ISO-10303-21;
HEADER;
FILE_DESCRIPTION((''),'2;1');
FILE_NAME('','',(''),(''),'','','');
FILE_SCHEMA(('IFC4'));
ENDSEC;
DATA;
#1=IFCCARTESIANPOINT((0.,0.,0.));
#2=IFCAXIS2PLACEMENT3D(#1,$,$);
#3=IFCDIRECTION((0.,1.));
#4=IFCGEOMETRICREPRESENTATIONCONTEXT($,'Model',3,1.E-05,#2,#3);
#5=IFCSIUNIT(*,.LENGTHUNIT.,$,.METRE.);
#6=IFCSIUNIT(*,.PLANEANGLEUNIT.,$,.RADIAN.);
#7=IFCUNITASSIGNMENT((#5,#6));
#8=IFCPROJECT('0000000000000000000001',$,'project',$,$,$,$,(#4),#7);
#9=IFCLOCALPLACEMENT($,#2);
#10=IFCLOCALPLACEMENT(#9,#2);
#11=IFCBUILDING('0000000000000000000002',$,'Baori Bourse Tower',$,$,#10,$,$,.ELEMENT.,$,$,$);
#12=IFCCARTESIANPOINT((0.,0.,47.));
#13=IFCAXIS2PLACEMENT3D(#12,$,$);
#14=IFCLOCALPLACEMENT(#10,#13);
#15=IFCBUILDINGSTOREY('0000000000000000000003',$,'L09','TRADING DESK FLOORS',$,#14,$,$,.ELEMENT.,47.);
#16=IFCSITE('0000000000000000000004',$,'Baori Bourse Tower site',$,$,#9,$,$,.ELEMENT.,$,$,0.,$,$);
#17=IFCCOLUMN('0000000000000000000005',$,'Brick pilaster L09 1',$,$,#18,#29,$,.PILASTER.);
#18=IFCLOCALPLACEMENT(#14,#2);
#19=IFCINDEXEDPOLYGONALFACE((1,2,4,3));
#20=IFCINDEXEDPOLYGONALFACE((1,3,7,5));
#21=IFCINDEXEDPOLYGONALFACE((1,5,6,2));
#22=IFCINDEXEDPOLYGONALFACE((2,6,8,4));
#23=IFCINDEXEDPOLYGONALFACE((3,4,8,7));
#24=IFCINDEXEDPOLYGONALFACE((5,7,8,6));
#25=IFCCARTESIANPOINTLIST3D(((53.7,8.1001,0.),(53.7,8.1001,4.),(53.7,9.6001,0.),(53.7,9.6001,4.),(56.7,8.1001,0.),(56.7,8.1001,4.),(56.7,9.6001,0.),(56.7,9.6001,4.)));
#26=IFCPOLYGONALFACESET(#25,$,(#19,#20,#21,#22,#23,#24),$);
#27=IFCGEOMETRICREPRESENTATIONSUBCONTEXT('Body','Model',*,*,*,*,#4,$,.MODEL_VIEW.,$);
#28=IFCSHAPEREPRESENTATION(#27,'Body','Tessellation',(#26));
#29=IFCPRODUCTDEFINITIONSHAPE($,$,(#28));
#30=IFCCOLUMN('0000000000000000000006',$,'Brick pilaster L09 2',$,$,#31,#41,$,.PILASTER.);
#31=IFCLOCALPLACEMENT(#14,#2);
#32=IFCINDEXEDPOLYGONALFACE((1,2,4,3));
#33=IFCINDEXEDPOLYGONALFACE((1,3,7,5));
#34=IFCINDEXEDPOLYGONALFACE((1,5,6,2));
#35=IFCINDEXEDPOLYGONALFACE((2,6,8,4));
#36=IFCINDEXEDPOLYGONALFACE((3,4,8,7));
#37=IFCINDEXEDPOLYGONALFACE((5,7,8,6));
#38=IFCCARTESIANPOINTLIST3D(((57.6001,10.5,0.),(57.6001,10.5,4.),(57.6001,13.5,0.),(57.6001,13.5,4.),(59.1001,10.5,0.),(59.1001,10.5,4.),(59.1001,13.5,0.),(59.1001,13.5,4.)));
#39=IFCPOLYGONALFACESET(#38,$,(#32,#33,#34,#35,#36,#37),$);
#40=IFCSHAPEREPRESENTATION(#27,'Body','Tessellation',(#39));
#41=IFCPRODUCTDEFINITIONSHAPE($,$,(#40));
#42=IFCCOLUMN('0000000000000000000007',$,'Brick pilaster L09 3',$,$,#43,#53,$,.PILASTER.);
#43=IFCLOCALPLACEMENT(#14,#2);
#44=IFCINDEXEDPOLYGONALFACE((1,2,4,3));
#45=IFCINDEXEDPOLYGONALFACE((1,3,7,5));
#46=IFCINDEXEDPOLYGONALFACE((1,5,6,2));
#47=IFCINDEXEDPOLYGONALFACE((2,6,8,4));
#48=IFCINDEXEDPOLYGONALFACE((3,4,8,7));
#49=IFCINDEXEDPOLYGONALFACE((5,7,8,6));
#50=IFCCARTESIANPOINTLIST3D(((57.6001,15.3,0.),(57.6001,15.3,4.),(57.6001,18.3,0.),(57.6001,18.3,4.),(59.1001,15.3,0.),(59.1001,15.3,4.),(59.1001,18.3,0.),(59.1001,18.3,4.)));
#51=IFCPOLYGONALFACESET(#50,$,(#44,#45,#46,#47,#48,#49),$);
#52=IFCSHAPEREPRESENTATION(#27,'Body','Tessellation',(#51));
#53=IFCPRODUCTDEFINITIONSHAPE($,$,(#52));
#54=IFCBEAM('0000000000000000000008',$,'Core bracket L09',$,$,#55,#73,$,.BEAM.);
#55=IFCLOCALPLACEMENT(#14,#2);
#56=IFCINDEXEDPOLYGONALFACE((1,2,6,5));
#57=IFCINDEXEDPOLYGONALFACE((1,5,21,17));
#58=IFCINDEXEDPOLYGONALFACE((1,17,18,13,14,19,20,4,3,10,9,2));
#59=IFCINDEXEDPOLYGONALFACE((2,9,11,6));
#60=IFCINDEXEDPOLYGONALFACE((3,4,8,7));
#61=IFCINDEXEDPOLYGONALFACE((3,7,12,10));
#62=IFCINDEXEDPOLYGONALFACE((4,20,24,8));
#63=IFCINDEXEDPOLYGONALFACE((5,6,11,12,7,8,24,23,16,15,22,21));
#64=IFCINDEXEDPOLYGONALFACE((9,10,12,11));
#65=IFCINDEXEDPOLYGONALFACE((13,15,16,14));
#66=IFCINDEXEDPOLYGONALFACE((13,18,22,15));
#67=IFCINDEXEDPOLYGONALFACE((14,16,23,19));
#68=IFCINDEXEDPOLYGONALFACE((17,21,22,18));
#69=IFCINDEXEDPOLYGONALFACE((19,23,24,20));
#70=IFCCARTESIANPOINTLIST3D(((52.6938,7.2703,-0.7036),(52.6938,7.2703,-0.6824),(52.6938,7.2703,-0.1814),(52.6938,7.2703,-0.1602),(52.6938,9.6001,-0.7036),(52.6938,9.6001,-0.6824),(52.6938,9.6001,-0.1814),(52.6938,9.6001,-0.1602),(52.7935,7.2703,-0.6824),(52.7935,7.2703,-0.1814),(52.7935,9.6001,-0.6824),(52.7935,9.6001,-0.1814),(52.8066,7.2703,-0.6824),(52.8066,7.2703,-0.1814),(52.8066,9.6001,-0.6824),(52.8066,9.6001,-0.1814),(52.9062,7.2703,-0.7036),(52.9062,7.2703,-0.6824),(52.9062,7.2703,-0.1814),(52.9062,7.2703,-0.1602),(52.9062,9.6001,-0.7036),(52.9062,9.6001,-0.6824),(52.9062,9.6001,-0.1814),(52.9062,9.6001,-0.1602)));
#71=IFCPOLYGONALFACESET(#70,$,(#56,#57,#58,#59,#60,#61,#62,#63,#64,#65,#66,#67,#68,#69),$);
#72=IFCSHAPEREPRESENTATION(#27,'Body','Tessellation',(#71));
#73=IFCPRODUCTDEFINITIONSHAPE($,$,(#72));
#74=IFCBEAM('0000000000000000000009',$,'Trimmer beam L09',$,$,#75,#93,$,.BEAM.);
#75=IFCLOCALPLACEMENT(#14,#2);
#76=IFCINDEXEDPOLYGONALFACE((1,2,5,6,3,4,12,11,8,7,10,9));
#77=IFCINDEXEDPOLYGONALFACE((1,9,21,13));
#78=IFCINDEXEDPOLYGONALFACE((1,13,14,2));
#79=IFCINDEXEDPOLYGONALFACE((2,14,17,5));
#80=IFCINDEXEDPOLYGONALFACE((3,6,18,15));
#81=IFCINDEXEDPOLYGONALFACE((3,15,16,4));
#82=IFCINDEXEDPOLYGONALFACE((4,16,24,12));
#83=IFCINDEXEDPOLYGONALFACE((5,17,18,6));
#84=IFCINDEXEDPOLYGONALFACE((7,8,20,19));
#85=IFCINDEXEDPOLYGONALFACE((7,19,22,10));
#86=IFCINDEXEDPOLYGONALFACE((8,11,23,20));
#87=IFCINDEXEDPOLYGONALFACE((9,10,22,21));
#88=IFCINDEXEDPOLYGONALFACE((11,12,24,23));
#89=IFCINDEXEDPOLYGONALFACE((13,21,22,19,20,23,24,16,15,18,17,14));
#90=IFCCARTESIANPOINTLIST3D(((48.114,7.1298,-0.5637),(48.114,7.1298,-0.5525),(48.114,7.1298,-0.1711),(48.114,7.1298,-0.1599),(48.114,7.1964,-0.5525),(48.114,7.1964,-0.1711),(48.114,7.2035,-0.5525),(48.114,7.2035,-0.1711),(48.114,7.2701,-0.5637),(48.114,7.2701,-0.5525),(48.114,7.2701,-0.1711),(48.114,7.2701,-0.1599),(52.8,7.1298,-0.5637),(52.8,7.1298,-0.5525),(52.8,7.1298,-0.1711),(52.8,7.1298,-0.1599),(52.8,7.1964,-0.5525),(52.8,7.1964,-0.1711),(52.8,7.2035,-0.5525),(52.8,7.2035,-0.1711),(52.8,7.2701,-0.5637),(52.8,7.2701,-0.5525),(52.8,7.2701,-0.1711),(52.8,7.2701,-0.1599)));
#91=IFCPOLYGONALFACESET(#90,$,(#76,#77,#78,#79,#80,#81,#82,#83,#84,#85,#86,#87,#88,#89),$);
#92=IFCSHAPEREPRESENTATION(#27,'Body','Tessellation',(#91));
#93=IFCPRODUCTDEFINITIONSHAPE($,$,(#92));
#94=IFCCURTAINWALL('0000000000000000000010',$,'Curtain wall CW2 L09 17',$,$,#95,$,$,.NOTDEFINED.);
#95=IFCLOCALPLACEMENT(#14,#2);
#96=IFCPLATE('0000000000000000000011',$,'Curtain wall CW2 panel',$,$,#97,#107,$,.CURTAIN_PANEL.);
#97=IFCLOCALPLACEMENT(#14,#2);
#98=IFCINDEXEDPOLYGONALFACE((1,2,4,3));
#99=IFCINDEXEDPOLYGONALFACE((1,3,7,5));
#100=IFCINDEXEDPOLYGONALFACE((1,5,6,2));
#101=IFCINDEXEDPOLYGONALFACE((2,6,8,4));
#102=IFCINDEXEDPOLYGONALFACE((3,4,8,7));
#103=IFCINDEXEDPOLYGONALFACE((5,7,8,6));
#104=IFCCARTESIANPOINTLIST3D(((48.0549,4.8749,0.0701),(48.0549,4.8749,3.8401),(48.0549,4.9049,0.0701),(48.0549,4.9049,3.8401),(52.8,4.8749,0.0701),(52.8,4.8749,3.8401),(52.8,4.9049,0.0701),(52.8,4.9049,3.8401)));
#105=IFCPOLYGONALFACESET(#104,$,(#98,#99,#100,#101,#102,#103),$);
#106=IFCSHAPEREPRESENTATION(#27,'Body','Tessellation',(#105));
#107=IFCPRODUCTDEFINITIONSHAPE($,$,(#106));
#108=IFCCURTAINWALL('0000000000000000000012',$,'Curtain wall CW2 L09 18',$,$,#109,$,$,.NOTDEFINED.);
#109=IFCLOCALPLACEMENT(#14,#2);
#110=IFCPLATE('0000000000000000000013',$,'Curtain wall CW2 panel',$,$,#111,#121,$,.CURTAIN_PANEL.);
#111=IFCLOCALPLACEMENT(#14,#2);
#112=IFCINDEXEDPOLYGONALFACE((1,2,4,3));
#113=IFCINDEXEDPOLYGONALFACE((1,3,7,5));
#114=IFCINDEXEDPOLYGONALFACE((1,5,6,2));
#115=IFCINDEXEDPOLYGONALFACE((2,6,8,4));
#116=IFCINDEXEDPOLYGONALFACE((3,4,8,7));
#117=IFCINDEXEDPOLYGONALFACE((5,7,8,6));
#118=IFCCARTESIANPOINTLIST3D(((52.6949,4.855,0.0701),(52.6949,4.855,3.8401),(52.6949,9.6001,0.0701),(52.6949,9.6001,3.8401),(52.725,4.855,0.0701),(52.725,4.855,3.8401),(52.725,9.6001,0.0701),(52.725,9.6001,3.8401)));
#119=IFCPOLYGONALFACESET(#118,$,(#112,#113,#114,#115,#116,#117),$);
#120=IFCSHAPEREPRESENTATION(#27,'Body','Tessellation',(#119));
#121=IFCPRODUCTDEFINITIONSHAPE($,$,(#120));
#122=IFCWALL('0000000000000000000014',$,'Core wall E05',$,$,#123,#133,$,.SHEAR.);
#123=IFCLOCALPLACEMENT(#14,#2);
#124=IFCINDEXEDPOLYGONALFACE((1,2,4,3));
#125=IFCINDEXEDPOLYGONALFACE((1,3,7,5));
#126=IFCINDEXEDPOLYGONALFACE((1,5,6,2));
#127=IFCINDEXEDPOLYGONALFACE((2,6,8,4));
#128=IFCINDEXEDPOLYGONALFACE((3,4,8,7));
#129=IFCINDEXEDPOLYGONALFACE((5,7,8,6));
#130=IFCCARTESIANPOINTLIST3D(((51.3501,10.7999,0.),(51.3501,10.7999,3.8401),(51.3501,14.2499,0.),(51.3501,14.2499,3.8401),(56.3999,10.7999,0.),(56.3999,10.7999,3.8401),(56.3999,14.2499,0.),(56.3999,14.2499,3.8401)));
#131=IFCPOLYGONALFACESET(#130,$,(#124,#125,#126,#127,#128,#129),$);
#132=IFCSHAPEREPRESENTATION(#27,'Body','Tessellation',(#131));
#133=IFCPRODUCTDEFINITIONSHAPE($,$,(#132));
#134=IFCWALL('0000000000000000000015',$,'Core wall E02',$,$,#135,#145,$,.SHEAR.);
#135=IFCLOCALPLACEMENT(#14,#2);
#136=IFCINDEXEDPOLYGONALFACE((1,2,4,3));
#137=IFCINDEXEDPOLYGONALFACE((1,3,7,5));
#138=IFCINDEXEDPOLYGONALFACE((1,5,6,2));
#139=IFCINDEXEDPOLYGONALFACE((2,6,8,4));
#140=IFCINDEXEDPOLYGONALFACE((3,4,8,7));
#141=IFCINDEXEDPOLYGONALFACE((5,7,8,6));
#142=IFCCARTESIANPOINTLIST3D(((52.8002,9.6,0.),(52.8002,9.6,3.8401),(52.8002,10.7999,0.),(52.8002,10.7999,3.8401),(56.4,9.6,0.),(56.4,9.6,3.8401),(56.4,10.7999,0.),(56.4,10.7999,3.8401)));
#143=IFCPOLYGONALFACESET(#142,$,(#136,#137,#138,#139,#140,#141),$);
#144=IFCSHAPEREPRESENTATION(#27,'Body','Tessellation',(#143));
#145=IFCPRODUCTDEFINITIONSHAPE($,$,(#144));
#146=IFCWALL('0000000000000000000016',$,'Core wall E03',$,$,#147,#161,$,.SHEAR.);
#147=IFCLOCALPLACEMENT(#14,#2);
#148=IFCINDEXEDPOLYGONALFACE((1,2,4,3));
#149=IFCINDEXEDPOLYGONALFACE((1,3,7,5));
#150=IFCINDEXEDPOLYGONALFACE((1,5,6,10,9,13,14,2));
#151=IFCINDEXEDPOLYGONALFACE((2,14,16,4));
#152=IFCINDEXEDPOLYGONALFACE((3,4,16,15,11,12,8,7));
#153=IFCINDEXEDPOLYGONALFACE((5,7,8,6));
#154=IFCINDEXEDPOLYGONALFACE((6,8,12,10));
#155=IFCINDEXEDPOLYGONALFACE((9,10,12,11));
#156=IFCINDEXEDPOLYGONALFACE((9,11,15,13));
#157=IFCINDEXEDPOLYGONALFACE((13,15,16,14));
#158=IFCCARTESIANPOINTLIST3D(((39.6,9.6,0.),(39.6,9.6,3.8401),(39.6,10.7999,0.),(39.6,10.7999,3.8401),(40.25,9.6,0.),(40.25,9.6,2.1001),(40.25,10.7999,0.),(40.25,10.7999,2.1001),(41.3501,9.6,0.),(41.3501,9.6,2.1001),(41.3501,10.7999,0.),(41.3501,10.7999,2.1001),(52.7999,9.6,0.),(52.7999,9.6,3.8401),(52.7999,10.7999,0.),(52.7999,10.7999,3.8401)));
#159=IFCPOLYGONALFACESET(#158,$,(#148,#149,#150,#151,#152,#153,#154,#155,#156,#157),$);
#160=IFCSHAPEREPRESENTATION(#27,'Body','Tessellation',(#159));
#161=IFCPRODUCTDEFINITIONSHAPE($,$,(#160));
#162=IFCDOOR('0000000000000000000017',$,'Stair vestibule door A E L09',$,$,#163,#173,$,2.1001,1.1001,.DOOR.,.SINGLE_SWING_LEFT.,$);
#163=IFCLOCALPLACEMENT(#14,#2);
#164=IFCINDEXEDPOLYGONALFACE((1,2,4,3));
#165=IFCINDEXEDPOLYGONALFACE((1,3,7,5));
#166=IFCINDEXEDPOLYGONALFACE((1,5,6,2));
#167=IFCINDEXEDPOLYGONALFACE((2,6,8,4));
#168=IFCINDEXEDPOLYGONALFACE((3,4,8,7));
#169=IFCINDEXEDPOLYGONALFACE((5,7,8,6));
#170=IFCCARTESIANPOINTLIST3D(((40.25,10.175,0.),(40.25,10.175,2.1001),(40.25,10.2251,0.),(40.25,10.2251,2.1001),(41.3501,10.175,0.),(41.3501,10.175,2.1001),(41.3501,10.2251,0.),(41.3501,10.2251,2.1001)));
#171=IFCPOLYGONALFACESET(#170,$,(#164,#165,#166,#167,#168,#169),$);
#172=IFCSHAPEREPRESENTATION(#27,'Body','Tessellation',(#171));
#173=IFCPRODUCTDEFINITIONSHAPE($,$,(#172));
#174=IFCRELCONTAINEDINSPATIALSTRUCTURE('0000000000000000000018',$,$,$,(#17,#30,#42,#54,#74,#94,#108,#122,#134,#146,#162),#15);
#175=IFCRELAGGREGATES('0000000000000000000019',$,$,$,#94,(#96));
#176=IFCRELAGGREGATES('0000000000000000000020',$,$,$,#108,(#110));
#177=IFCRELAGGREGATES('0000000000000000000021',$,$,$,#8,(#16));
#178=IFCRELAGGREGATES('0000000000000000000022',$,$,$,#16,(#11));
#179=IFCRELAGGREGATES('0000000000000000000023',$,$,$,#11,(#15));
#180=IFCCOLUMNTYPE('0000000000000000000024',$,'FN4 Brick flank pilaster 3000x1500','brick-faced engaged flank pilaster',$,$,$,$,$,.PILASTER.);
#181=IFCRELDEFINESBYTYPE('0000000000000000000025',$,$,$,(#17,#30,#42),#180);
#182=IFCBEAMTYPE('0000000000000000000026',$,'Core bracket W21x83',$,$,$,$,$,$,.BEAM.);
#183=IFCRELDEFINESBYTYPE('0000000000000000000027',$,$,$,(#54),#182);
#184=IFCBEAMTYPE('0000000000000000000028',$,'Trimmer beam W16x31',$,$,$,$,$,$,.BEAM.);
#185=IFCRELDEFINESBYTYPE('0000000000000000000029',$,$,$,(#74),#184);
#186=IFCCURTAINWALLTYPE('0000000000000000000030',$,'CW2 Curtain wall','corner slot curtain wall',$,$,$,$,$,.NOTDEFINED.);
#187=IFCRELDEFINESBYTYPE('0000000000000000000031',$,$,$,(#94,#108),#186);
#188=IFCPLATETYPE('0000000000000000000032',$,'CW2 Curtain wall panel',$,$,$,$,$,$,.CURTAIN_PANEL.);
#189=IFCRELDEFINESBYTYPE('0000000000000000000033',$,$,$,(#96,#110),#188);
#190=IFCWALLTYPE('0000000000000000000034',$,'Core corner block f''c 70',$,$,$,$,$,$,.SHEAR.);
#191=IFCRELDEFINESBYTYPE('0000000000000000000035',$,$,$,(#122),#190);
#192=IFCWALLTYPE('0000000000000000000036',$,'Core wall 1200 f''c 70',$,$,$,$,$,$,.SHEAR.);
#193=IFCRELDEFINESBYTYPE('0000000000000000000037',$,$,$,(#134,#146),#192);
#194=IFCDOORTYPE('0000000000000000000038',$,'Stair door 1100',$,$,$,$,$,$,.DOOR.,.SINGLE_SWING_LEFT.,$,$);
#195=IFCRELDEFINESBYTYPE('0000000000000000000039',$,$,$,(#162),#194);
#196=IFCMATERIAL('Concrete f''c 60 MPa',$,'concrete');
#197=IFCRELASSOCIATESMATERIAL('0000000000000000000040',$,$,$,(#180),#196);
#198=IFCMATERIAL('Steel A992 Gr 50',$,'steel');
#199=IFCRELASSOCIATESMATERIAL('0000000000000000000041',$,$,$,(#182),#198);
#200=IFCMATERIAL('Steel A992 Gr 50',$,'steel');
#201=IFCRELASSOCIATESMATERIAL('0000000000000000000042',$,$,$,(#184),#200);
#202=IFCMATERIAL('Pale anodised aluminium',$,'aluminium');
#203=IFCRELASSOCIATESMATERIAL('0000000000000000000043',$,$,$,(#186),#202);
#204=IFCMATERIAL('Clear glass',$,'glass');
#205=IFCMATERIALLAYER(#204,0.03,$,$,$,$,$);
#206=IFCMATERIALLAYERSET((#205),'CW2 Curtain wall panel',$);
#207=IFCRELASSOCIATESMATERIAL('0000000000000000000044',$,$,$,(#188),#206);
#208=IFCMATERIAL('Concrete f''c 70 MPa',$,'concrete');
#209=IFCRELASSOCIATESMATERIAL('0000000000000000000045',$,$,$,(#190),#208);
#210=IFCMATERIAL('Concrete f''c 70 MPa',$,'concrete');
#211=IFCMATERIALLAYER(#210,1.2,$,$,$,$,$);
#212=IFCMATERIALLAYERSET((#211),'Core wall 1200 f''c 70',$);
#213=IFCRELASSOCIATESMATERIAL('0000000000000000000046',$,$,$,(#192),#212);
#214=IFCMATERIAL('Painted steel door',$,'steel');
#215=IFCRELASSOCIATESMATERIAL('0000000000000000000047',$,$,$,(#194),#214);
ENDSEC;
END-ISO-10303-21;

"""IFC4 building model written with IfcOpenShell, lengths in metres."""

from ifc_helpers import new_model, si_unit, direction, frame, frame_2d, origin, origin_2d, place, context, subcontext, project, spatial, rectangle, i_section, extrude, material, layer, layer_set, material_profile, profile_set, type_object, element, fill, aggregate, save


model = new_model("IFC4")

# Units and contexts
model_context = context("Model", 3, precision=1e-05, world=origin(), true_north=direction((0.0, 1.0)))
body_context = subcontext(model_context, "Body", "Model", "MODEL_VIEW")
ifc_project = project(units=[si_unit("LENGTHUNIT", "METRE"), si_unit("PLANEANGLEUNIT", "RADIAN")], contexts=[model_context])

# Site, building, storey
site_placement = place(None, origin())
site = spatial("IfcSite", under=ifc_project, at=site_placement, Name="Baori Bourse Tower site", CompositionType="ELEMENT", RefElevation=0.0)
building_placement = place(site_placement, origin())
building = spatial("IfcBuilding", under=site, at=building_placement, Name="Baori Bourse Tower", CompositionType="ELEMENT")
storey_placement = place(building_placement, frame((0.0, 0.0, 47.0)))
storey = spatial("IfcBuildingStorey", under=building, at=storey_placement, Name="L09", Description="TRADING DESK FLOORS", CompositionType="ELEMENT", Elevation=47.0)

# Columns
ifc_material_1 = material(Name="Concrete f'c 60 MPa", Category="concrete")
ifc_material_profile_1 = material_profile(ifc_material_1, rectangle(XDim=3.0, YDim=1.5, at=origin_2d()), Name="RC 3000x1500")
ifc_profile_set_1 = profile_set([ifc_material_profile_1], Name="Concrete f'c 60 MPa")
column_type = type_object("IfcColumnType", Name="FN4 Brick flank pilaster 3000x1500", Description="brick-faced engaged flank pilaster", PredefinedType="PILASTER", material=ifc_profile_set_1)
for number, where, z_axis, x_axis, name in (
    (1, (55.2, 8.8501, 0.0), (0.0, 0.0, 1.0), (1.0, 0.0, 0.0), "Brick pilaster L09 1"),
    (2, (58.3501, 12.0, 0.0), (0.0, 0.0, 1.0), (0.0, 1.0, 0.0), "Brick pilaster L09 2"),
    (3, (58.3501, 16.8, 0.0), (0.0, 0.0, 1.0), (0.0, 1.0, 0.0), "Brick pilaster L09 3"),
):
    element("IfcColumn", number, at=place(storey_placement, frame(where, z_axis=z_axis, x_axis=x_axis)), inside=storey, type_object=column_type, Name=name, PredefinedType="PILASTER", context=body_context, shape_type="SweptSolid", body=[
        extrude(rectangle(XDim=3.0, YDim=1.5, at=origin_2d()), origin(), (0.0, 0.0, 1.0), 4.0),
    ])

# Beams
ifc_material_2 = material(Name="Steel A992 Gr 50", Category="steel")
ifc_material_profile_2 = material_profile(ifc_material_2, i_section(OverallWidth=0.2124, OverallDepth=0.5435, WebThickness=0.0132, FlangeThickness=0.0212, at=origin_2d()), Name="W21x83")
ifc_profile_set_2 = profile_set([ifc_material_profile_2], Name="Steel A992 Gr 50")
beam_type_1 = type_object("IfcBeamType", Name="Core bracket W21x83", PredefinedType="BEAM", material=ifc_profile_set_2)
beam_1_placement = place(storey_placement, frame((52.8, 7.2703, -0.4319), z_axis=(0.0, 1.0, 0.0), x_axis=(-1.0, 0.0, 0.0)))
element("IfcBeam", 4, at=beam_1_placement, inside=storey, type_object=beam_type_1, Name="Core bracket L09", PredefinedType="BEAM", context=body_context, shape_type="SweptSolid", body=[
    extrude(i_section(OverallWidth=0.2124, OverallDepth=0.5435, WebThickness=0.0132, FlangeThickness=0.0212, at=origin_2d()), origin(), (0.0, 0.0, 1.0), 2.3298),
])
ifc_material_3 = material(Name="Steel A992 Gr 50", Category="steel")
ifc_material_profile_3 = material_profile(ifc_material_3, i_section(OverallWidth=0.1404, OverallDepth=0.4038, WebThickness=0.0071, FlangeThickness=0.0112, at=origin_2d()), Name="W16x31")
ifc_profile_set_3 = profile_set([ifc_material_profile_3], Name="Steel A992 Gr 50")
beam_type_2 = type_object("IfcBeamType", Name="Trimmer beam W16x31", PredefinedType="BEAM", material=ifc_profile_set_3)
beam_2_placement = place(storey_placement, frame((48.114, 7.2, -0.3618), z_axis=(1.0, 0.0, 0.0), x_axis=(0.0, 1.0, 0.0)))
element("IfcBeam", 5, at=beam_2_placement, inside=storey, type_object=beam_type_2, Name="Trimmer beam L09", PredefinedType="BEAM", context=body_context, shape_type="SweptSolid", body=[
    extrude(i_section(OverallWidth=0.1404, OverallDepth=0.4038, WebThickness=0.0071, FlangeThickness=0.0112, at=origin_2d()), origin(), (0.0, 0.0, 1.0), 4.686),
])

# Curtain walls, plates
ifc_material_4 = material(Name="Pale anodised aluminium", Category="aluminium")
curtain_wall_type = type_object("IfcCurtainWallType", Name="CW2 Curtain wall", Description="corner slot curtain wall", PredefinedType="NOTDEFINED", material=ifc_material_4)
curtain_wall_1_placement = place(storey_placement, origin())
curtain_wall_1 = element("IfcCurtainWall", 6, at=curtain_wall_1_placement, inside=storey, type_object=curtain_wall_type, Name="Curtain wall CW2 L09 17", PredefinedType="NOTDEFINED")
ifc_material_5 = material(Name="Clear glass", Category="glass")
ifc_layer_1 = layer(ifc_material_5, 0.03)
ifc_layer_set_1 = layer_set([ifc_layer_1], Name="CW2 Curtain wall panel")
plate_type = type_object("IfcPlateType", Name="CW2 Curtain wall panel", PredefinedType="CURTAIN_PANEL", material=ifc_layer_set_1)
plate_1_placement = place(storey_placement, frame((50.4275, 4.8899, 0.0701), z_axis=(0.0, 0.0, 1.0), x_axis=(1.0, 0.0, 0.0)))
plate_1 = element("IfcPlate", 7, at=plate_1_placement, type_object=plate_type, Name="Curtain wall CW2 panel", PredefinedType="CURTAIN_PANEL", context=body_context, shape_type="SweptSolid", body=[
    extrude(rectangle(XDim=4.7451, YDim=0.03, at=origin_2d()), origin(), (0.0, 0.0, 1.0), 3.77),
])
aggregate(curtain_wall_1, [plate_1])
curtain_wall_2_placement = place(storey_placement, origin())
curtain_wall_2 = element("IfcCurtainWall", 8, at=curtain_wall_2_placement, inside=storey, type_object=curtain_wall_type, Name="Curtain wall CW2 L09 18", PredefinedType="NOTDEFINED")
plate_2_placement = place(storey_placement, frame((52.71, 7.2275, 0.0701), z_axis=(0.0, 0.0, 1.0), x_axis=(0.0, 1.0, 0.0)))
plate_2 = element("IfcPlate", 9, at=plate_2_placement, type_object=plate_type, Name="Curtain wall CW2 panel", PredefinedType="CURTAIN_PANEL", context=body_context, shape_type="SweptSolid", body=[
    extrude(rectangle(XDim=4.7451, YDim=0.03, at=origin_2d()), origin(), (0.0, 0.0, 1.0), 3.77),
])
aggregate(curtain_wall_2, [plate_2])

# Walls
ifc_material_6 = material(Name="Concrete f'c 70 MPa", Category="concrete")
wall_type_1 = type_object("IfcWallType", Name="Core corner block f'c 70", PredefinedType="SHEAR", material=ifc_material_6)
wall_1_placement = place(storey_placement, frame((51.3501, 12.5249, 0.0), z_axis=(0.0, 0.0, 1.0), x_axis=(1.0, 0.0, 0.0)))
element("IfcWall", 10, at=wall_1_placement, inside=storey, type_object=wall_type_1, Name="Core wall E05", PredefinedType="SHEAR", context=body_context, shape_type="SweptSolid", body=[
    extrude(rectangle(XDim=5.0498, YDim=3.45, at=frame_2d((2.5249, 0.0))), origin(), (0.0, 0.0, 1.0), 3.8401),
])
ifc_material_7 = material(Name="Concrete f'c 70 MPa", Category="concrete")
ifc_layer_2 = layer(ifc_material_7, 1.2)
ifc_layer_set_2 = layer_set([ifc_layer_2], Name="Core wall 1200 f'c 70")
wall_type_2 = type_object("IfcWallType", Name="Core wall 1200 f'c 70", PredefinedType="SHEAR", material=ifc_layer_set_2)
wall_2_placement = place(storey_placement, frame((56.3999, 10.2, 0.0), z_axis=(0.0, 0.0, 1.0), x_axis=(-1.0, 0.0, 0.0)))
element("IfcWall", 11, at=wall_2_placement, inside=storey, type_object=wall_type_2, Name="Core wall E02", PredefinedType="SHEAR", context=body_context, shape_type="SweptSolid", body=[
    extrude(rectangle(XDim=3.5999, YDim=1.2, at=frame_2d((1.7998, 0.0))), origin(), (0.0, 0.0, 1.0), 3.8401),
])

# Wall, opening, door
wall_3_placement = place(storey_placement, frame((52.8, 10.2, 0.0), z_axis=(0.0, 0.0, 1.0), x_axis=(-1.0, 0.0, 0.0)))
wall_3 = element("IfcWall", 12, at=wall_3_placement, inside=storey, type_object=wall_type_2, Name="Core wall E03", PredefinedType="SHEAR", context=body_context, shape_type="SweptSolid", body=[
    extrude(rectangle(XDim=13.2, YDim=1.2, at=frame_2d((6.6001, 0.0))), origin(), (0.0, 0.0, 1.0), 3.8401),
])
opening_placement = place(wall_3_placement, frame((11.45, 0.0, 0.0)))
opening = element("IfcOpeningElement", 13, at=opening_placement, cuts=wall_3, PredefinedType="OPENING", context=body_context, shape_type="SweptSolid", body=[
    extrude(rectangle(XDim=1.1001, YDim=2.1001, at=frame_2d((0.55, 1.05))), frame((0.0, 0.6099, 0.0), z_axis=(0.0, -1.0, 0.0), x_axis=(1.0, 0.0, 0.0)), (0.0, 0.0, 1.0), 1.22),
])
ifc_material_8 = material(Name="Painted steel door", Category="steel")
door_type = type_object("IfcDoorType", Name="Stair door 1100", OperationType="SINGLE_SWING_LEFT", PredefinedType="DOOR", material=ifc_material_8)
door_placement = place(opening_placement, origin())
door = element("IfcDoor", 14, at=door_placement, inside=storey, type_object=door_type, Name="Stair vestibule door A E L09", OperationType="SINGLE_SWING_LEFT", OverallHeight=2.1001, OverallWidth=1.1001, PredefinedType="DOOR", context=body_context, shape_type="SweptSolid", body=[
    extrude(rectangle(XDim=1.1001, YDim=2.1001, at=frame_2d((0.55, 1.05))), frame((0.0, 0.0249, 0.0), z_axis=(0.0, -1.0, 0.0), x_axis=(1.0, 0.0, 0.0)), (0.0, 0.0, 1.0), 0.05),
])
fill(opening, door)

save(model, "model.ifc")
